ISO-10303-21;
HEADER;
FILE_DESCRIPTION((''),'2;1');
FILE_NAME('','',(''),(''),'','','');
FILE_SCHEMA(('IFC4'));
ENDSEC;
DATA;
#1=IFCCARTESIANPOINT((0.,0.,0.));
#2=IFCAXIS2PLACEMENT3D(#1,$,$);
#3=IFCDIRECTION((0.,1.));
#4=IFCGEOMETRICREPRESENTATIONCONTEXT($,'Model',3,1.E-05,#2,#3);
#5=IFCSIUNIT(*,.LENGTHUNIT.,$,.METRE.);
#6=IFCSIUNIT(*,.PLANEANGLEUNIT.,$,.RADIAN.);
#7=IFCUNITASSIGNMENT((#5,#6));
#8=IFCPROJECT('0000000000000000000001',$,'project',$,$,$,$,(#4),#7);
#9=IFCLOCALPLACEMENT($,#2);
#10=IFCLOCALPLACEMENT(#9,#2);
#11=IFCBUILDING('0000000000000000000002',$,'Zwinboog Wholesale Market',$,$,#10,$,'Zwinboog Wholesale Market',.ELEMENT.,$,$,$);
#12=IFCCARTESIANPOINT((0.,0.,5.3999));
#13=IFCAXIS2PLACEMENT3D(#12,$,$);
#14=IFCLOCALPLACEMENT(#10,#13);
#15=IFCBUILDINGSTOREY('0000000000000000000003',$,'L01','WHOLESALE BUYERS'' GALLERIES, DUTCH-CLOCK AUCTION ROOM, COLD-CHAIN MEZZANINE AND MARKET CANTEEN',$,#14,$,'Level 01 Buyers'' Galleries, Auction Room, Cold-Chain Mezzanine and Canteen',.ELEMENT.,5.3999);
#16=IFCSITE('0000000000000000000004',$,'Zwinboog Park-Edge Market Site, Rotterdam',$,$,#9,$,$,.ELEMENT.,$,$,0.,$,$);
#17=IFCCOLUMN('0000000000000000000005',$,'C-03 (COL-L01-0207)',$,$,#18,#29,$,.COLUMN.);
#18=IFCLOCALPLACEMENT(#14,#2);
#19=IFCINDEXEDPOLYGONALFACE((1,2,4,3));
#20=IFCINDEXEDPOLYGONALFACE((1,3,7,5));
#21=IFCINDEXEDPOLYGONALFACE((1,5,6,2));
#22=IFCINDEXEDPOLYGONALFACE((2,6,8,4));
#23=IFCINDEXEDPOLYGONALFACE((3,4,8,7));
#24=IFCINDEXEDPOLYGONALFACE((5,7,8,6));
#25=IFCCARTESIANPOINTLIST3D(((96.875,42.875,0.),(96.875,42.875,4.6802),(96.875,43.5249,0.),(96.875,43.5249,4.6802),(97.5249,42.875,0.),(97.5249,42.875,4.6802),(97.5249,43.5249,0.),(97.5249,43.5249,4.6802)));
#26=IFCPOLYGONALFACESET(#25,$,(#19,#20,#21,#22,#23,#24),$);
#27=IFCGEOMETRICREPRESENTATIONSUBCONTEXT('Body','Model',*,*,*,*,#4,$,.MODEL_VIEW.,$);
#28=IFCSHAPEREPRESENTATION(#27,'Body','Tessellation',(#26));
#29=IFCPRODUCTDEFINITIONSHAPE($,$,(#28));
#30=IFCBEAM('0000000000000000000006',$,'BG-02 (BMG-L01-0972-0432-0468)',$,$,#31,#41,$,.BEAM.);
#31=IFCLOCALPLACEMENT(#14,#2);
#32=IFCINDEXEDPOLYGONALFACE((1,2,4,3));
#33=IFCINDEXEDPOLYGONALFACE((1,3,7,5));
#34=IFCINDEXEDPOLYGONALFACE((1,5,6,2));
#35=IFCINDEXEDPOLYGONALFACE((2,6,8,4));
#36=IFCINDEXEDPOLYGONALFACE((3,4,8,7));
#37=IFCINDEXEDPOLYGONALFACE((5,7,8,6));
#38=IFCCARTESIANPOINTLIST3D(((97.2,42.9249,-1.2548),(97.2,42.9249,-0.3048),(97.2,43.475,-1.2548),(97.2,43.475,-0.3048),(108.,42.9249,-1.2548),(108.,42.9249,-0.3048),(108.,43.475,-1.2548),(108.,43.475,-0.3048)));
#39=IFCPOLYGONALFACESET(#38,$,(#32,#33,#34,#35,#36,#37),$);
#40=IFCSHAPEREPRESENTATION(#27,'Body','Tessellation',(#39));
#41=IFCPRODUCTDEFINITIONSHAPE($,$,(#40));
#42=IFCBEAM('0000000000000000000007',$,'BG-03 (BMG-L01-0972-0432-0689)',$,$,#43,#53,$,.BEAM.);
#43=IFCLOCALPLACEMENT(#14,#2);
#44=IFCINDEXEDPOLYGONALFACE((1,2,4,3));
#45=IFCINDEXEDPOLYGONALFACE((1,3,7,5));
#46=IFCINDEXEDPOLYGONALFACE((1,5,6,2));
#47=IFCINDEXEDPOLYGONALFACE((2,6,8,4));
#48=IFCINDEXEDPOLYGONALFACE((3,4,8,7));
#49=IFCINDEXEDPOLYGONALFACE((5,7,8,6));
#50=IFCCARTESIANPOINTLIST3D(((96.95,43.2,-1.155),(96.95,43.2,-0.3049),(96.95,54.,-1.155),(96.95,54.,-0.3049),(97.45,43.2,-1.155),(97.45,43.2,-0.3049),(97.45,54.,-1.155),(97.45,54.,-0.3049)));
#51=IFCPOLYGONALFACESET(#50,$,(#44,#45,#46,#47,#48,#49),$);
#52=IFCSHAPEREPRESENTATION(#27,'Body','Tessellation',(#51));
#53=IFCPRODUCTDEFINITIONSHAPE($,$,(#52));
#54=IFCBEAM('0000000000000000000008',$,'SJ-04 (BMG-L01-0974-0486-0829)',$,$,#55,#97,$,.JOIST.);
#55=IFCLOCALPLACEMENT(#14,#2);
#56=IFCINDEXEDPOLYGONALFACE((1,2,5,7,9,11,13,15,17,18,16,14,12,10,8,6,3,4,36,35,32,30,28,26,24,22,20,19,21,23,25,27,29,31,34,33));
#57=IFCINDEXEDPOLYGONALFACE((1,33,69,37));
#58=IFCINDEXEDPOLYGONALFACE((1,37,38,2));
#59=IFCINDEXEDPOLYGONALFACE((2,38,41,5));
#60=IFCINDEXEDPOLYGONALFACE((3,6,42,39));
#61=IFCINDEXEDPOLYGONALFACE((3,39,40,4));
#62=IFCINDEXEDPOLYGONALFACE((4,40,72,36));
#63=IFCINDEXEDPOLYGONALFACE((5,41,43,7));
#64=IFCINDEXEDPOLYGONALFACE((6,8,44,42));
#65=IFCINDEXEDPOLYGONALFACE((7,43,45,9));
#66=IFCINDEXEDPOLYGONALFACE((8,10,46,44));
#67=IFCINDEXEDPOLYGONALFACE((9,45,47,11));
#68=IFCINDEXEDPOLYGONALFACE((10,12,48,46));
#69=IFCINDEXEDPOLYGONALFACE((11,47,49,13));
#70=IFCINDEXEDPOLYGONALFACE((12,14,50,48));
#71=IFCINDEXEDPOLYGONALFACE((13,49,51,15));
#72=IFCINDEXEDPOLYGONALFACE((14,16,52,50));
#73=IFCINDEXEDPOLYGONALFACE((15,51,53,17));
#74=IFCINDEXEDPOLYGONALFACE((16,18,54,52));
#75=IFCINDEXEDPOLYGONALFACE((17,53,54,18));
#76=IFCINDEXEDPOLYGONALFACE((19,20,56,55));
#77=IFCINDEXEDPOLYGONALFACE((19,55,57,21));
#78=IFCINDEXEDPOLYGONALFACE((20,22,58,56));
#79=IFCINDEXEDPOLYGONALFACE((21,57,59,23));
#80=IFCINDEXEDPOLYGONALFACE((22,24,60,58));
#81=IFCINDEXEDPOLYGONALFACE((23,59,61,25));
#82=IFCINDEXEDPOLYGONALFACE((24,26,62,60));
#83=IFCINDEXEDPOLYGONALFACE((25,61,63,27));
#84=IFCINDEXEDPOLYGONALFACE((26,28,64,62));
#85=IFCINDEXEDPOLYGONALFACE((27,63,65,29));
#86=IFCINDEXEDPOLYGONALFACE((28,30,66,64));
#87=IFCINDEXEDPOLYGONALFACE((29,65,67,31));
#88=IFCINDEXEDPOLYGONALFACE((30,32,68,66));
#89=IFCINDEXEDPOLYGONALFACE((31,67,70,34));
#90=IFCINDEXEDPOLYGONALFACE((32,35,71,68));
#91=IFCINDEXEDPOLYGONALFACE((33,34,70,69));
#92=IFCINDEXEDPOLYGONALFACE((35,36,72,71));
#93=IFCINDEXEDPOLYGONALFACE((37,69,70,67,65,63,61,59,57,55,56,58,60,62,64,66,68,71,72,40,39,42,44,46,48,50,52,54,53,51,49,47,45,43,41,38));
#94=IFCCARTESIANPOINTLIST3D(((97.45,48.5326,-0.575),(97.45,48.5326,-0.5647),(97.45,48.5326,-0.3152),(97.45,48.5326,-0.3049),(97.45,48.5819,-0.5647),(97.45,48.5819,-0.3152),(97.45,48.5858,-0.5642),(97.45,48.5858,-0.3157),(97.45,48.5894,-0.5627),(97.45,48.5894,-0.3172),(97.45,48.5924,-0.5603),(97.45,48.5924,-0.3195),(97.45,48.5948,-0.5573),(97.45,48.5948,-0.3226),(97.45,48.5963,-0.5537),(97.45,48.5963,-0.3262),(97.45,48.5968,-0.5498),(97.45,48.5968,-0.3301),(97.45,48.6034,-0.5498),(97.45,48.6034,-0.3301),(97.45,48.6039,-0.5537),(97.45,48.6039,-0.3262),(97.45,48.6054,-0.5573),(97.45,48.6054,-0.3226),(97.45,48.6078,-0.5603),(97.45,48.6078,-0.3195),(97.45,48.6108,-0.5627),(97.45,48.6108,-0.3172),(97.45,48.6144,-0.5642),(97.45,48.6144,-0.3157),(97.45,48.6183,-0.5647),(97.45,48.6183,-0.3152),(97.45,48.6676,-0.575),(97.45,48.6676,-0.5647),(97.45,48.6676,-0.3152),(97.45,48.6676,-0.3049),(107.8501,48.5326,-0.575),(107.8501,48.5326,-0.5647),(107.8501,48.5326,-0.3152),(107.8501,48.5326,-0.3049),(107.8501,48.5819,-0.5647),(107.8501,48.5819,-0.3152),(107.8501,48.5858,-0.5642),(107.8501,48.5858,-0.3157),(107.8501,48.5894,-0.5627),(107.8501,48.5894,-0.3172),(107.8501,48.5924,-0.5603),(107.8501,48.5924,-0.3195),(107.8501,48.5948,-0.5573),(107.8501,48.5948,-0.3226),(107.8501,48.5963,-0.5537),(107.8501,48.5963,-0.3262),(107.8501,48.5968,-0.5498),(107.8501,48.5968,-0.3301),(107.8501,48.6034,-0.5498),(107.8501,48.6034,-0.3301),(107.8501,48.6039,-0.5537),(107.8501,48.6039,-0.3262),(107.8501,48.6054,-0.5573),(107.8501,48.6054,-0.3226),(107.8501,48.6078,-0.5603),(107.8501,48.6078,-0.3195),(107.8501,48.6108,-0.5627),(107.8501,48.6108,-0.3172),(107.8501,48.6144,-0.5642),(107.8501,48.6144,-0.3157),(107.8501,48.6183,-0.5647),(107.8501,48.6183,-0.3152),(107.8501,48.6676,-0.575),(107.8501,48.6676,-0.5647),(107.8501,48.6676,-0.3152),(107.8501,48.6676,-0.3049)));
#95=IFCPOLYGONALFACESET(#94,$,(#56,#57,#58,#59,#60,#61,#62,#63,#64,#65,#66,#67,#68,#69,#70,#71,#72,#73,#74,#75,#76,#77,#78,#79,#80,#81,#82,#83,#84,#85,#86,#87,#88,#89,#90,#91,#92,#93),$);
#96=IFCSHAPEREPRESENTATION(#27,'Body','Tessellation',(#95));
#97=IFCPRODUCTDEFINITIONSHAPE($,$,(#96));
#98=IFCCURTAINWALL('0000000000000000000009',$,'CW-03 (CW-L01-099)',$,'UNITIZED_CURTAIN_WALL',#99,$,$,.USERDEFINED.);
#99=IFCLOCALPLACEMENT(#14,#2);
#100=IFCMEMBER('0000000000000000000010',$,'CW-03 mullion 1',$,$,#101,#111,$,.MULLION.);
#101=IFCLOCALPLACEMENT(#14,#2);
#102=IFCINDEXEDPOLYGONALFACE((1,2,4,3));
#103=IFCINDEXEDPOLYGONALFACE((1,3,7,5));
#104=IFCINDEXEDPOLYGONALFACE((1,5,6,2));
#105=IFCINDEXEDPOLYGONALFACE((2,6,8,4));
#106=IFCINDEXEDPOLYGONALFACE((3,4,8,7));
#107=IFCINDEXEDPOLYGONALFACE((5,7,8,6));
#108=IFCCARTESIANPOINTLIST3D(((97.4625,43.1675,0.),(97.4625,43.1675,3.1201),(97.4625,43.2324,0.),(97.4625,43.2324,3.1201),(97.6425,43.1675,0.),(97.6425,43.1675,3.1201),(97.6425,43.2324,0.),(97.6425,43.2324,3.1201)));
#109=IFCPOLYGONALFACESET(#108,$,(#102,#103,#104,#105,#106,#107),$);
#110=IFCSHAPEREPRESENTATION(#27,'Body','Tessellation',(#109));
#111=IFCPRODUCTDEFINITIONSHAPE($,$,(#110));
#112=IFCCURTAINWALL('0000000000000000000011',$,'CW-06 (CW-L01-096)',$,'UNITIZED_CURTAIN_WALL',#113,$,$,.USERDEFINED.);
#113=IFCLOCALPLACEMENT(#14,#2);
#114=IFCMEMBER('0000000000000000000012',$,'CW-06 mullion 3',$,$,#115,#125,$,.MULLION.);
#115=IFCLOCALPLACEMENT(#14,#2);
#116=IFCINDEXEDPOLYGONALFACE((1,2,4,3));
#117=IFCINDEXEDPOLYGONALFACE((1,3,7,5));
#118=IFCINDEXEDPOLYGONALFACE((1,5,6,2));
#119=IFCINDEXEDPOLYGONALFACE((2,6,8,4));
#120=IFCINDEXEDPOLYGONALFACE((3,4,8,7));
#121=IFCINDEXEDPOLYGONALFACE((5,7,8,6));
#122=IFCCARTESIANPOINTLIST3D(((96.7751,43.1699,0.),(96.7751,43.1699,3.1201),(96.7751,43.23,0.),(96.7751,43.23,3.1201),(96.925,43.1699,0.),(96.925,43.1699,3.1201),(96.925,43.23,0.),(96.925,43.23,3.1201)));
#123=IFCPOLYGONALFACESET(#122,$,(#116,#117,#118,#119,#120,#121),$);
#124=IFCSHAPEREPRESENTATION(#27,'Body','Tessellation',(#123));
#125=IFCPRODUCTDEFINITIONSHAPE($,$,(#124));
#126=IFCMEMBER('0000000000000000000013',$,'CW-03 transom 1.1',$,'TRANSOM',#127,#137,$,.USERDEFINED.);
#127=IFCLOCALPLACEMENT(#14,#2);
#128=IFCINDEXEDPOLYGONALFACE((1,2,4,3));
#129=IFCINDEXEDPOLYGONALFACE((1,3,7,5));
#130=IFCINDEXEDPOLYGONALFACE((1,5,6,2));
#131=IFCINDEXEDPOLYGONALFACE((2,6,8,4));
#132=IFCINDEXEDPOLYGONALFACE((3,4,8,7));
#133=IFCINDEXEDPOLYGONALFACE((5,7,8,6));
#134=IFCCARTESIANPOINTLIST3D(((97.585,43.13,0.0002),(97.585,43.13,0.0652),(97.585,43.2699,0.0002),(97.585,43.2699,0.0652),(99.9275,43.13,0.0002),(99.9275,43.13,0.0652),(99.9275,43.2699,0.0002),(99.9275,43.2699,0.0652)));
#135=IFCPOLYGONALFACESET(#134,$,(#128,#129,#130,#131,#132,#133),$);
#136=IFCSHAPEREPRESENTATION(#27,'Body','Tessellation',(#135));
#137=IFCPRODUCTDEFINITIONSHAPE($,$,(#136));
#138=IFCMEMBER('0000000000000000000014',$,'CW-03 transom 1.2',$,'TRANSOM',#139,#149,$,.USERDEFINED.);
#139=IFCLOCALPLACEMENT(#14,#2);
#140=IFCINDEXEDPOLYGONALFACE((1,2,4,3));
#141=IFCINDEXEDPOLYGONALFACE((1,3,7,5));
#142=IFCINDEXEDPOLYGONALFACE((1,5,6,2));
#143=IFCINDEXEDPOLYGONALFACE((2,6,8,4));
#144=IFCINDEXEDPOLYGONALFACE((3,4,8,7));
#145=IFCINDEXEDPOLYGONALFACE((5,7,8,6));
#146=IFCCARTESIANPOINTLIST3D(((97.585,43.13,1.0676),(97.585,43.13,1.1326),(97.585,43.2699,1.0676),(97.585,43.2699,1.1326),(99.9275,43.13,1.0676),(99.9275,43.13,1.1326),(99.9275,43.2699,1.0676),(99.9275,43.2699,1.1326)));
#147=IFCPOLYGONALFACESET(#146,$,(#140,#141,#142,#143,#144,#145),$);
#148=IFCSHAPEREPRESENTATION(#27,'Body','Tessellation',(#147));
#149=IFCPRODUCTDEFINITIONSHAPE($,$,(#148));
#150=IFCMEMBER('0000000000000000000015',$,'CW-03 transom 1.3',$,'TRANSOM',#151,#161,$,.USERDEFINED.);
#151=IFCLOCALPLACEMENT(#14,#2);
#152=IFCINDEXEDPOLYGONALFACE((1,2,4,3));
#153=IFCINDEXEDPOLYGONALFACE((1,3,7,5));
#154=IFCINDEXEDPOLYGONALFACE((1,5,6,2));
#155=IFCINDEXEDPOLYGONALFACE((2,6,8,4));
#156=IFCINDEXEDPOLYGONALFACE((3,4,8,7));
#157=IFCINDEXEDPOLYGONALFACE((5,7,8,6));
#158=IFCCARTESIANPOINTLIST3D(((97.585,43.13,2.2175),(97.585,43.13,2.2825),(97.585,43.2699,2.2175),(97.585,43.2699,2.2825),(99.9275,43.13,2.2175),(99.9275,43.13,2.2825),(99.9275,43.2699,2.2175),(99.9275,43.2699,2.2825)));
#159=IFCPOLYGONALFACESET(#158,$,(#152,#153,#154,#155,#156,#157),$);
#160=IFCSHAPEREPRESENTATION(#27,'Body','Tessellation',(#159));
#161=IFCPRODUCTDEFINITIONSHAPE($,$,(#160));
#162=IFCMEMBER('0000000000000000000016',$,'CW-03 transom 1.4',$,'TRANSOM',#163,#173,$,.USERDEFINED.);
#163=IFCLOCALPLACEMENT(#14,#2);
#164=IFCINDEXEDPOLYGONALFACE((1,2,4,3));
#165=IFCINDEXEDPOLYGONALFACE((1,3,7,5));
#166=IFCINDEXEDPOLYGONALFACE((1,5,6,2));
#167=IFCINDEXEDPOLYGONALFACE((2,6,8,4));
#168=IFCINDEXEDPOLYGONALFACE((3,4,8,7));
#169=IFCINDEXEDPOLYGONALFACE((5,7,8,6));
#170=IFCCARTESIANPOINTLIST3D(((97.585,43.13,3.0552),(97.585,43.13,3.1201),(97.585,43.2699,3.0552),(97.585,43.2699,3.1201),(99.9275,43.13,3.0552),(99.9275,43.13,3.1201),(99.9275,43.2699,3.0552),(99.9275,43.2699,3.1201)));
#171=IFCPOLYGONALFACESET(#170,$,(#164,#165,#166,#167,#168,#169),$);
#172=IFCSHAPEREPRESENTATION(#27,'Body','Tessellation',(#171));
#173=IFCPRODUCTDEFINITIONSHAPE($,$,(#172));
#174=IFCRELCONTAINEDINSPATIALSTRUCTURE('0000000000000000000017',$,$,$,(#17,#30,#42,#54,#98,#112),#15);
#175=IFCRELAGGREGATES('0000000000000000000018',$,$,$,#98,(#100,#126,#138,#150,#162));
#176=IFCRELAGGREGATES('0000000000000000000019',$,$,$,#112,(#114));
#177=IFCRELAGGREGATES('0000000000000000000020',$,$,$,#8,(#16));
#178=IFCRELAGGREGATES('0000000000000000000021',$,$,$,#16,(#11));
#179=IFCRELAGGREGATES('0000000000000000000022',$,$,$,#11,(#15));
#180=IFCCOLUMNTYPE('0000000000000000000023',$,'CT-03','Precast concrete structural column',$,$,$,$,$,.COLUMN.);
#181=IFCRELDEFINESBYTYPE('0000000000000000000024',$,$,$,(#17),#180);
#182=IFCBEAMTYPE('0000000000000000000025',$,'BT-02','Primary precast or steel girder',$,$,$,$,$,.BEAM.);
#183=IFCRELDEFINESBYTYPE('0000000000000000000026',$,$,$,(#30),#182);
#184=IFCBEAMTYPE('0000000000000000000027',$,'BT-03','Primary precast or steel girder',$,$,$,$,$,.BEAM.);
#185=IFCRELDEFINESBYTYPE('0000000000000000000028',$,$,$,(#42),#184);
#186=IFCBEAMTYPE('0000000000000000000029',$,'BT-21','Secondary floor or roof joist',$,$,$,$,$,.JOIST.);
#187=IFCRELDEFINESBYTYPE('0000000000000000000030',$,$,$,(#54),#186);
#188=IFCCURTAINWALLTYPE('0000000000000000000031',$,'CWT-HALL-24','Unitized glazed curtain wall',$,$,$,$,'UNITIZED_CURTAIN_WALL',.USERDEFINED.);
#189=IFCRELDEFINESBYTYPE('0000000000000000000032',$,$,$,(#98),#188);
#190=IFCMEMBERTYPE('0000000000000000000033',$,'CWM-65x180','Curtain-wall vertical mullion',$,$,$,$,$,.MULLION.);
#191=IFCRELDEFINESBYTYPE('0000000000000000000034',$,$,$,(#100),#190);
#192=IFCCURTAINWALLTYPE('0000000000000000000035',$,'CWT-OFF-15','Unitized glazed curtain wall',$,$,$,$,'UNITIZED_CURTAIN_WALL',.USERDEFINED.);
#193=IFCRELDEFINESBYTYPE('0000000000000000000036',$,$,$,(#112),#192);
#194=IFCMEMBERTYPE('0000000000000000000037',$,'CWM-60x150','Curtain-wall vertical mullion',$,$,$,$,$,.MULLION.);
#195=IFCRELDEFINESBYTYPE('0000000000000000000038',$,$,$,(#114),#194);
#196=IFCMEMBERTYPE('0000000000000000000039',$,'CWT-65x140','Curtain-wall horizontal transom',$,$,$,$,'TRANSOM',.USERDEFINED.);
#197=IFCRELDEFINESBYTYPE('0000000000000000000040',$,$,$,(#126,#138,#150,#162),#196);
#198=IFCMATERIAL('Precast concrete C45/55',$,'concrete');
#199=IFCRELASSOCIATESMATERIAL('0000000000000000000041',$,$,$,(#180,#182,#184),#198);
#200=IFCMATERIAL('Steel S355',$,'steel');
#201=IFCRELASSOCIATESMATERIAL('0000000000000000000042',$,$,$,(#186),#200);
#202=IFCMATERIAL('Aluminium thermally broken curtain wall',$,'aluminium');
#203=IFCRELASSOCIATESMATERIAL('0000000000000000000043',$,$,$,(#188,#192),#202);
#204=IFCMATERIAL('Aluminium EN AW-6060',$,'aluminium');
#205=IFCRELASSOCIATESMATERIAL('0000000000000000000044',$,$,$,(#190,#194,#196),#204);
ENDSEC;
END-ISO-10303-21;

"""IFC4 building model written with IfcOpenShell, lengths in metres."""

from ifc_helpers import new_model, si_unit, direction, frame, origin, origin_2d, place, context, subcontext, project, spatial, rectangle, i_section, extrude, material, material_profile, profile_set, type_object, element, aggregate, save


model = new_model("IFC4")

# Units and contexts
model_context = context("Model", 3, precision=1e-05, world=origin(), true_north=direction((0.0, 1.0)))
body_context = subcontext(model_context, "Body", "Model", "MODEL_VIEW")
ifc_project = project(units=[si_unit("LENGTHUNIT", "METRE"), si_unit("PLANEANGLEUNIT", "RADIAN")], contexts=[model_context])

# Site, building, storey
site_placement = place(None, origin())
site = spatial("IfcSite", under=ifc_project, at=site_placement, Name="Zwinboog Park-Edge Market Site, Rotterdam", CompositionType="ELEMENT", RefElevation=0.0)
building_placement = place(site_placement, origin())
building = spatial("IfcBuilding", under=site, at=building_placement, Name="Zwinboog Wholesale Market", LongName="Zwinboog Wholesale Market", CompositionType="ELEMENT")
storey_placement = place(building_placement, frame((0.0, 0.0, 5.3999)))
storey = spatial("IfcBuildingStorey", under=building, at=storey_placement, Name="L01", Description="WHOLESALE BUYERS' GALLERIES, DUTCH-CLOCK AUCTION ROOM, COLD-CHAIN MEZZANINE AND MARKET CANTEEN", LongName="Level 01 Buyers' Galleries, Auction Room, Cold-Chain Mezzanine and Canteen", CompositionType="ELEMENT", Elevation=5.3999)

# Column
ifc_material_1 = material(Name="Precast concrete C45/55", Category="concrete")
ifc_material_profile_1 = material_profile(ifc_material_1, rectangle(XDim=0.6499, YDim=0.6499, at=origin_2d()), Name="PC 650x650")
ifc_profile_set_1 = profile_set([ifc_material_profile_1], Name="Precast concrete C45/55")
column_type = type_object("IfcColumnType", Name="CT-03", Description="Precast concrete structural column", PredefinedType="COLUMN", material=ifc_profile_set_1)
column_placement = place(storey_placement, frame((97.2, 43.2, 0.0), z_axis=(0.0, 0.0, 1.0), x_axis=(1.0, 0.0, 0.0)))
element("IfcColumn", 1, at=column_placement, inside=storey, type_object=column_type, Name="C-03 (COL-L01-0207)", PredefinedType="COLUMN", context=body_context, shape_type="SweptSolid", body=[
    extrude(rectangle(XDim=0.6499, YDim=0.6499, at=origin_2d()), origin(), (0.0, 0.0, 1.0), 4.6802),
])

# Beams
ifc_material_profile_2 = material_profile(ifc_material_1, rectangle(XDim=0.55, YDim=0.95, at=origin_2d()), Name="PC 550x950")
ifc_profile_set_2 = profile_set([ifc_material_profile_2], Name="Precast concrete C45/55")
beam_type_1 = type_object("IfcBeamType", Name="BT-02", Description="Primary precast or steel girder", PredefinedType="BEAM", material=ifc_profile_set_2)
beam_1_placement = place(storey_placement, frame((97.2, 43.2, -0.7798), z_axis=(1.0, 0.0, 0.0), x_axis=(0.0, 1.0, 0.0)))
element("IfcBeam", 2, at=beam_1_placement, inside=storey, type_object=beam_type_1, Name="BG-02 (BMG-L01-0972-0432-0468)", PredefinedType="BEAM", context=body_context, shape_type="SweptSolid", body=[
    extrude(rectangle(XDim=0.55, YDim=0.95, at=origin_2d()), origin(), (0.0, 0.0, 1.0), 10.8),
])
ifc_material_profile_3 = material_profile(ifc_material_1, rectangle(XDim=0.5, YDim=0.8501, at=origin_2d()), Name="PC 500x850")
ifc_profile_set_3 = profile_set([ifc_material_profile_3], Name="Precast concrete C45/55")
beam_type_2 = type_object("IfcBeamType", Name="BT-03", Description="Primary precast or steel girder", PredefinedType="BEAM", material=ifc_profile_set_3)
beam_2_placement = place(storey_placement, frame((97.2, 43.2, -0.73), z_axis=(0.0, 1.0, 0.0), x_axis=(-1.0, 0.0, 0.0)))
element("IfcBeam", 3, at=beam_2_placement, inside=storey, type_object=beam_type_2, Name="BG-03 (BMG-L01-0972-0432-0689)", PredefinedType="BEAM", context=body_context, shape_type="SweptSolid", body=[
    extrude(rectangle(XDim=0.5, YDim=0.8501, at=origin_2d()), origin(), (0.0, 0.0, 1.0), 10.8),
])
ifc_material_2 = material(Name="Steel S355", Category="steel")
ifc_material_profile_4 = material_profile(ifc_material_2, i_section(OverallWidth=0.135, OverallDepth=0.27, WebThickness=0.0066, FlangeThickness=0.0103, FilletRadius=0.0149, at=origin_2d()), Name="IPE 270")
ifc_profile_set_4 = profile_set([ifc_material_profile_4], Name="Steel S355")
beam_type_3 = type_object("IfcBeamType", Name="BT-21", Description="Secondary floor or roof joist", PredefinedType="JOIST", material=ifc_profile_set_4)
beam_3_placement = place(storey_placement, frame((97.45, 48.6001, -0.4399), z_axis=(1.0, 0.0, 0.0), x_axis=(0.0, 1.0, 0.0)))
element("IfcBeam", 4, at=beam_3_placement, inside=storey, type_object=beam_type_3, Name="SJ-04 (BMG-L01-0974-0486-0829)", PredefinedType="JOIST", context=body_context, shape_type="SweptSolid", body=[
    extrude(i_section(OverallWidth=0.135, OverallDepth=0.27, WebThickness=0.0066, FlangeThickness=0.0103, FilletRadius=0.0149, at=origin_2d()), origin(), (0.0, 0.0, 1.0), 10.4001),
])

# Curtain walls, members
ifc_material_3 = material(Name="Aluminium thermally broken curtain wall", Category="aluminium")
curtain_wall_type_1 = type_object("IfcCurtainWallType", Name="CWT-HALL-24", Description="Unitized glazed curtain wall", ElementType="UNITIZED_CURTAIN_WALL", PredefinedType="USERDEFINED", material=ifc_material_3)
curtain_wall_1_placement = place(storey_placement, origin())
curtain_wall_1 = element("IfcCurtainWall", 5, at=curtain_wall_1_placement, inside=storey, type_object=curtain_wall_type_1, Name="CW-03 (CW-L01-099)", ObjectType="UNITIZED_CURTAIN_WALL", PredefinedType="USERDEFINED")
ifc_material_4 = material(Name="Aluminium EN AW-6060", Category="aluminium")
ifc_material_profile_5 = material_profile(ifc_material_4, rectangle(XDim=0.0649, YDim=0.1799, at=origin_2d()), Name="AL 65x180")
ifc_profile_set_5 = profile_set([ifc_material_profile_5], Name="Aluminium EN AW-6060")
member_type_1 = type_object("IfcMemberType", Name="CWM-65x180", Description="Curtain-wall vertical mullion", PredefinedType="MULLION", material=ifc_profile_set_5)
member_1_placement = place(storey_placement, frame((97.5525, 43.2, 0.0), z_axis=(0.0, 0.0, 1.0), x_axis=(0.0, 1.0, 0.0)))
member_1 = element("IfcMember", 6, at=member_1_placement, type_object=member_type_1, Name="CW-03 mullion 1", PredefinedType="MULLION", context=body_context, shape_type="SweptSolid", body=[
    extrude(rectangle(XDim=0.0649, YDim=0.1799, at=origin_2d()), origin(), (0.0, 0.0, 1.0), 3.1201),
])
curtain_wall_type_2 = type_object("IfcCurtainWallType", Name="CWT-OFF-15", Description="Unitized glazed curtain wall", ElementType="UNITIZED_CURTAIN_WALL", PredefinedType="USERDEFINED", material=ifc_material_3)
curtain_wall_2_placement = place(storey_placement, origin())
curtain_wall_2 = element("IfcCurtainWall", 7, at=curtain_wall_2_placement, inside=storey, type_object=curtain_wall_type_2, Name="CW-06 (CW-L01-096)", ObjectType="UNITIZED_CURTAIN_WALL", PredefinedType="USERDEFINED")
ifc_material_profile_6 = material_profile(ifc_material_4, rectangle(XDim=0.0601, YDim=0.1499, at=origin_2d()), Name="AL 60x150")
ifc_profile_set_6 = profile_set([ifc_material_profile_6], Name="Aluminium EN AW-6060")
member_type_2 = type_object("IfcMemberType", Name="CWM-60x150", Description="Curtain-wall vertical mullion", PredefinedType="MULLION", material=ifc_profile_set_6)
member_2_placement = place(storey_placement, frame((96.8501, 43.2, 0.0), z_axis=(0.0, 0.0, 1.0), x_axis=(0.0, 1.0, 0.0)))
member_2 = element("IfcMember", 8, at=member_2_placement, type_object=member_type_2, Name="CW-06 mullion 3", PredefinedType="MULLION", context=body_context, shape_type="SweptSolid", body=[
    extrude(rectangle(XDim=0.0601, YDim=0.1499, at=origin_2d()), origin(), (0.0, 0.0, 1.0), 3.1201),
])

# Members
ifc_material_profile_7 = material_profile(ifc_material_4, rectangle(XDim=0.1399, YDim=0.0649, at=origin_2d()), Name="AL 65x140")
ifc_profile_set_7 = profile_set([ifc_material_profile_7], Name="Aluminium EN AW-6060")
member_type_3 = type_object("IfcMemberType", Name="CWT-65x140", Description="Curtain-wall horizontal transom", ElementType="TRANSOM", PredefinedType="USERDEFINED", material=ifc_profile_set_7)
member_3_placement = place(storey_placement, frame((97.585, 43.2, 0.0327), z_axis=(1.0, 0.0, 0.0), x_axis=(0.0, 1.0, 0.0)))
member_3 = element("IfcMember", 9, at=member_3_placement, type_object=member_type_3, Name="CW-03 transom 1.1", ObjectType="TRANSOM", PredefinedType="USERDEFINED", context=body_context, shape_type="SweptSolid", body=[
    extrude(rectangle(XDim=0.1399, YDim=0.0649, at=origin_2d()), origin(), (0.0, 0.0, 1.0), 2.3425),
])
member_4_placement = place(storey_placement, frame((97.585, 43.2, 1.1001), z_axis=(1.0, 0.0, 0.0), x_axis=(0.0, 1.0, 0.0)))
member_4 = element("IfcMember", 10, at=member_4_placement, type_object=member_type_3, Name="CW-03 transom 1.2", ObjectType="TRANSOM", PredefinedType="USERDEFINED", context=body_context, shape_type="SweptSolid", body=[
    extrude(rectangle(XDim=0.1399, YDim=0.0649, at=origin_2d()), origin(), (0.0, 0.0, 1.0), 2.3425),
])
member_5_placement = place(storey_placement, frame((97.585, 43.2, 2.25), z_axis=(1.0, 0.0, 0.0), x_axis=(0.0, 1.0, 0.0)))
member_5 = element("IfcMember", 11, at=member_5_placement, type_object=member_type_3, Name="CW-03 transom 1.3", ObjectType="TRANSOM", PredefinedType="USERDEFINED", context=body_context, shape_type="SweptSolid", body=[
    extrude(rectangle(XDim=0.1399, YDim=0.0649, at=origin_2d()), origin(), (0.0, 0.0, 1.0), 2.3425),
])
member_6_placement = place(storey_placement, frame((97.585, 43.2, 3.0876), z_axis=(1.0, 0.0, 0.0), x_axis=(0.0, 1.0, 0.0)))
member_6 = element("IfcMember", 12, at=member_6_placement, type_object=member_type_3, Name="CW-03 transom 1.4", ObjectType="TRANSOM", PredefinedType="USERDEFINED", context=body_context, shape_type="SweptSolid", body=[
    extrude(rectangle(XDim=0.1399, YDim=0.0649, at=origin_2d()), origin(), (0.0, 0.0, 1.0), 2.3425),
])
aggregate(curtain_wall_1, [member_1, member_3, member_4, member_5, member_6])

aggregate(curtain_wall_2, [member_2])

save(model, "model.ifc")
